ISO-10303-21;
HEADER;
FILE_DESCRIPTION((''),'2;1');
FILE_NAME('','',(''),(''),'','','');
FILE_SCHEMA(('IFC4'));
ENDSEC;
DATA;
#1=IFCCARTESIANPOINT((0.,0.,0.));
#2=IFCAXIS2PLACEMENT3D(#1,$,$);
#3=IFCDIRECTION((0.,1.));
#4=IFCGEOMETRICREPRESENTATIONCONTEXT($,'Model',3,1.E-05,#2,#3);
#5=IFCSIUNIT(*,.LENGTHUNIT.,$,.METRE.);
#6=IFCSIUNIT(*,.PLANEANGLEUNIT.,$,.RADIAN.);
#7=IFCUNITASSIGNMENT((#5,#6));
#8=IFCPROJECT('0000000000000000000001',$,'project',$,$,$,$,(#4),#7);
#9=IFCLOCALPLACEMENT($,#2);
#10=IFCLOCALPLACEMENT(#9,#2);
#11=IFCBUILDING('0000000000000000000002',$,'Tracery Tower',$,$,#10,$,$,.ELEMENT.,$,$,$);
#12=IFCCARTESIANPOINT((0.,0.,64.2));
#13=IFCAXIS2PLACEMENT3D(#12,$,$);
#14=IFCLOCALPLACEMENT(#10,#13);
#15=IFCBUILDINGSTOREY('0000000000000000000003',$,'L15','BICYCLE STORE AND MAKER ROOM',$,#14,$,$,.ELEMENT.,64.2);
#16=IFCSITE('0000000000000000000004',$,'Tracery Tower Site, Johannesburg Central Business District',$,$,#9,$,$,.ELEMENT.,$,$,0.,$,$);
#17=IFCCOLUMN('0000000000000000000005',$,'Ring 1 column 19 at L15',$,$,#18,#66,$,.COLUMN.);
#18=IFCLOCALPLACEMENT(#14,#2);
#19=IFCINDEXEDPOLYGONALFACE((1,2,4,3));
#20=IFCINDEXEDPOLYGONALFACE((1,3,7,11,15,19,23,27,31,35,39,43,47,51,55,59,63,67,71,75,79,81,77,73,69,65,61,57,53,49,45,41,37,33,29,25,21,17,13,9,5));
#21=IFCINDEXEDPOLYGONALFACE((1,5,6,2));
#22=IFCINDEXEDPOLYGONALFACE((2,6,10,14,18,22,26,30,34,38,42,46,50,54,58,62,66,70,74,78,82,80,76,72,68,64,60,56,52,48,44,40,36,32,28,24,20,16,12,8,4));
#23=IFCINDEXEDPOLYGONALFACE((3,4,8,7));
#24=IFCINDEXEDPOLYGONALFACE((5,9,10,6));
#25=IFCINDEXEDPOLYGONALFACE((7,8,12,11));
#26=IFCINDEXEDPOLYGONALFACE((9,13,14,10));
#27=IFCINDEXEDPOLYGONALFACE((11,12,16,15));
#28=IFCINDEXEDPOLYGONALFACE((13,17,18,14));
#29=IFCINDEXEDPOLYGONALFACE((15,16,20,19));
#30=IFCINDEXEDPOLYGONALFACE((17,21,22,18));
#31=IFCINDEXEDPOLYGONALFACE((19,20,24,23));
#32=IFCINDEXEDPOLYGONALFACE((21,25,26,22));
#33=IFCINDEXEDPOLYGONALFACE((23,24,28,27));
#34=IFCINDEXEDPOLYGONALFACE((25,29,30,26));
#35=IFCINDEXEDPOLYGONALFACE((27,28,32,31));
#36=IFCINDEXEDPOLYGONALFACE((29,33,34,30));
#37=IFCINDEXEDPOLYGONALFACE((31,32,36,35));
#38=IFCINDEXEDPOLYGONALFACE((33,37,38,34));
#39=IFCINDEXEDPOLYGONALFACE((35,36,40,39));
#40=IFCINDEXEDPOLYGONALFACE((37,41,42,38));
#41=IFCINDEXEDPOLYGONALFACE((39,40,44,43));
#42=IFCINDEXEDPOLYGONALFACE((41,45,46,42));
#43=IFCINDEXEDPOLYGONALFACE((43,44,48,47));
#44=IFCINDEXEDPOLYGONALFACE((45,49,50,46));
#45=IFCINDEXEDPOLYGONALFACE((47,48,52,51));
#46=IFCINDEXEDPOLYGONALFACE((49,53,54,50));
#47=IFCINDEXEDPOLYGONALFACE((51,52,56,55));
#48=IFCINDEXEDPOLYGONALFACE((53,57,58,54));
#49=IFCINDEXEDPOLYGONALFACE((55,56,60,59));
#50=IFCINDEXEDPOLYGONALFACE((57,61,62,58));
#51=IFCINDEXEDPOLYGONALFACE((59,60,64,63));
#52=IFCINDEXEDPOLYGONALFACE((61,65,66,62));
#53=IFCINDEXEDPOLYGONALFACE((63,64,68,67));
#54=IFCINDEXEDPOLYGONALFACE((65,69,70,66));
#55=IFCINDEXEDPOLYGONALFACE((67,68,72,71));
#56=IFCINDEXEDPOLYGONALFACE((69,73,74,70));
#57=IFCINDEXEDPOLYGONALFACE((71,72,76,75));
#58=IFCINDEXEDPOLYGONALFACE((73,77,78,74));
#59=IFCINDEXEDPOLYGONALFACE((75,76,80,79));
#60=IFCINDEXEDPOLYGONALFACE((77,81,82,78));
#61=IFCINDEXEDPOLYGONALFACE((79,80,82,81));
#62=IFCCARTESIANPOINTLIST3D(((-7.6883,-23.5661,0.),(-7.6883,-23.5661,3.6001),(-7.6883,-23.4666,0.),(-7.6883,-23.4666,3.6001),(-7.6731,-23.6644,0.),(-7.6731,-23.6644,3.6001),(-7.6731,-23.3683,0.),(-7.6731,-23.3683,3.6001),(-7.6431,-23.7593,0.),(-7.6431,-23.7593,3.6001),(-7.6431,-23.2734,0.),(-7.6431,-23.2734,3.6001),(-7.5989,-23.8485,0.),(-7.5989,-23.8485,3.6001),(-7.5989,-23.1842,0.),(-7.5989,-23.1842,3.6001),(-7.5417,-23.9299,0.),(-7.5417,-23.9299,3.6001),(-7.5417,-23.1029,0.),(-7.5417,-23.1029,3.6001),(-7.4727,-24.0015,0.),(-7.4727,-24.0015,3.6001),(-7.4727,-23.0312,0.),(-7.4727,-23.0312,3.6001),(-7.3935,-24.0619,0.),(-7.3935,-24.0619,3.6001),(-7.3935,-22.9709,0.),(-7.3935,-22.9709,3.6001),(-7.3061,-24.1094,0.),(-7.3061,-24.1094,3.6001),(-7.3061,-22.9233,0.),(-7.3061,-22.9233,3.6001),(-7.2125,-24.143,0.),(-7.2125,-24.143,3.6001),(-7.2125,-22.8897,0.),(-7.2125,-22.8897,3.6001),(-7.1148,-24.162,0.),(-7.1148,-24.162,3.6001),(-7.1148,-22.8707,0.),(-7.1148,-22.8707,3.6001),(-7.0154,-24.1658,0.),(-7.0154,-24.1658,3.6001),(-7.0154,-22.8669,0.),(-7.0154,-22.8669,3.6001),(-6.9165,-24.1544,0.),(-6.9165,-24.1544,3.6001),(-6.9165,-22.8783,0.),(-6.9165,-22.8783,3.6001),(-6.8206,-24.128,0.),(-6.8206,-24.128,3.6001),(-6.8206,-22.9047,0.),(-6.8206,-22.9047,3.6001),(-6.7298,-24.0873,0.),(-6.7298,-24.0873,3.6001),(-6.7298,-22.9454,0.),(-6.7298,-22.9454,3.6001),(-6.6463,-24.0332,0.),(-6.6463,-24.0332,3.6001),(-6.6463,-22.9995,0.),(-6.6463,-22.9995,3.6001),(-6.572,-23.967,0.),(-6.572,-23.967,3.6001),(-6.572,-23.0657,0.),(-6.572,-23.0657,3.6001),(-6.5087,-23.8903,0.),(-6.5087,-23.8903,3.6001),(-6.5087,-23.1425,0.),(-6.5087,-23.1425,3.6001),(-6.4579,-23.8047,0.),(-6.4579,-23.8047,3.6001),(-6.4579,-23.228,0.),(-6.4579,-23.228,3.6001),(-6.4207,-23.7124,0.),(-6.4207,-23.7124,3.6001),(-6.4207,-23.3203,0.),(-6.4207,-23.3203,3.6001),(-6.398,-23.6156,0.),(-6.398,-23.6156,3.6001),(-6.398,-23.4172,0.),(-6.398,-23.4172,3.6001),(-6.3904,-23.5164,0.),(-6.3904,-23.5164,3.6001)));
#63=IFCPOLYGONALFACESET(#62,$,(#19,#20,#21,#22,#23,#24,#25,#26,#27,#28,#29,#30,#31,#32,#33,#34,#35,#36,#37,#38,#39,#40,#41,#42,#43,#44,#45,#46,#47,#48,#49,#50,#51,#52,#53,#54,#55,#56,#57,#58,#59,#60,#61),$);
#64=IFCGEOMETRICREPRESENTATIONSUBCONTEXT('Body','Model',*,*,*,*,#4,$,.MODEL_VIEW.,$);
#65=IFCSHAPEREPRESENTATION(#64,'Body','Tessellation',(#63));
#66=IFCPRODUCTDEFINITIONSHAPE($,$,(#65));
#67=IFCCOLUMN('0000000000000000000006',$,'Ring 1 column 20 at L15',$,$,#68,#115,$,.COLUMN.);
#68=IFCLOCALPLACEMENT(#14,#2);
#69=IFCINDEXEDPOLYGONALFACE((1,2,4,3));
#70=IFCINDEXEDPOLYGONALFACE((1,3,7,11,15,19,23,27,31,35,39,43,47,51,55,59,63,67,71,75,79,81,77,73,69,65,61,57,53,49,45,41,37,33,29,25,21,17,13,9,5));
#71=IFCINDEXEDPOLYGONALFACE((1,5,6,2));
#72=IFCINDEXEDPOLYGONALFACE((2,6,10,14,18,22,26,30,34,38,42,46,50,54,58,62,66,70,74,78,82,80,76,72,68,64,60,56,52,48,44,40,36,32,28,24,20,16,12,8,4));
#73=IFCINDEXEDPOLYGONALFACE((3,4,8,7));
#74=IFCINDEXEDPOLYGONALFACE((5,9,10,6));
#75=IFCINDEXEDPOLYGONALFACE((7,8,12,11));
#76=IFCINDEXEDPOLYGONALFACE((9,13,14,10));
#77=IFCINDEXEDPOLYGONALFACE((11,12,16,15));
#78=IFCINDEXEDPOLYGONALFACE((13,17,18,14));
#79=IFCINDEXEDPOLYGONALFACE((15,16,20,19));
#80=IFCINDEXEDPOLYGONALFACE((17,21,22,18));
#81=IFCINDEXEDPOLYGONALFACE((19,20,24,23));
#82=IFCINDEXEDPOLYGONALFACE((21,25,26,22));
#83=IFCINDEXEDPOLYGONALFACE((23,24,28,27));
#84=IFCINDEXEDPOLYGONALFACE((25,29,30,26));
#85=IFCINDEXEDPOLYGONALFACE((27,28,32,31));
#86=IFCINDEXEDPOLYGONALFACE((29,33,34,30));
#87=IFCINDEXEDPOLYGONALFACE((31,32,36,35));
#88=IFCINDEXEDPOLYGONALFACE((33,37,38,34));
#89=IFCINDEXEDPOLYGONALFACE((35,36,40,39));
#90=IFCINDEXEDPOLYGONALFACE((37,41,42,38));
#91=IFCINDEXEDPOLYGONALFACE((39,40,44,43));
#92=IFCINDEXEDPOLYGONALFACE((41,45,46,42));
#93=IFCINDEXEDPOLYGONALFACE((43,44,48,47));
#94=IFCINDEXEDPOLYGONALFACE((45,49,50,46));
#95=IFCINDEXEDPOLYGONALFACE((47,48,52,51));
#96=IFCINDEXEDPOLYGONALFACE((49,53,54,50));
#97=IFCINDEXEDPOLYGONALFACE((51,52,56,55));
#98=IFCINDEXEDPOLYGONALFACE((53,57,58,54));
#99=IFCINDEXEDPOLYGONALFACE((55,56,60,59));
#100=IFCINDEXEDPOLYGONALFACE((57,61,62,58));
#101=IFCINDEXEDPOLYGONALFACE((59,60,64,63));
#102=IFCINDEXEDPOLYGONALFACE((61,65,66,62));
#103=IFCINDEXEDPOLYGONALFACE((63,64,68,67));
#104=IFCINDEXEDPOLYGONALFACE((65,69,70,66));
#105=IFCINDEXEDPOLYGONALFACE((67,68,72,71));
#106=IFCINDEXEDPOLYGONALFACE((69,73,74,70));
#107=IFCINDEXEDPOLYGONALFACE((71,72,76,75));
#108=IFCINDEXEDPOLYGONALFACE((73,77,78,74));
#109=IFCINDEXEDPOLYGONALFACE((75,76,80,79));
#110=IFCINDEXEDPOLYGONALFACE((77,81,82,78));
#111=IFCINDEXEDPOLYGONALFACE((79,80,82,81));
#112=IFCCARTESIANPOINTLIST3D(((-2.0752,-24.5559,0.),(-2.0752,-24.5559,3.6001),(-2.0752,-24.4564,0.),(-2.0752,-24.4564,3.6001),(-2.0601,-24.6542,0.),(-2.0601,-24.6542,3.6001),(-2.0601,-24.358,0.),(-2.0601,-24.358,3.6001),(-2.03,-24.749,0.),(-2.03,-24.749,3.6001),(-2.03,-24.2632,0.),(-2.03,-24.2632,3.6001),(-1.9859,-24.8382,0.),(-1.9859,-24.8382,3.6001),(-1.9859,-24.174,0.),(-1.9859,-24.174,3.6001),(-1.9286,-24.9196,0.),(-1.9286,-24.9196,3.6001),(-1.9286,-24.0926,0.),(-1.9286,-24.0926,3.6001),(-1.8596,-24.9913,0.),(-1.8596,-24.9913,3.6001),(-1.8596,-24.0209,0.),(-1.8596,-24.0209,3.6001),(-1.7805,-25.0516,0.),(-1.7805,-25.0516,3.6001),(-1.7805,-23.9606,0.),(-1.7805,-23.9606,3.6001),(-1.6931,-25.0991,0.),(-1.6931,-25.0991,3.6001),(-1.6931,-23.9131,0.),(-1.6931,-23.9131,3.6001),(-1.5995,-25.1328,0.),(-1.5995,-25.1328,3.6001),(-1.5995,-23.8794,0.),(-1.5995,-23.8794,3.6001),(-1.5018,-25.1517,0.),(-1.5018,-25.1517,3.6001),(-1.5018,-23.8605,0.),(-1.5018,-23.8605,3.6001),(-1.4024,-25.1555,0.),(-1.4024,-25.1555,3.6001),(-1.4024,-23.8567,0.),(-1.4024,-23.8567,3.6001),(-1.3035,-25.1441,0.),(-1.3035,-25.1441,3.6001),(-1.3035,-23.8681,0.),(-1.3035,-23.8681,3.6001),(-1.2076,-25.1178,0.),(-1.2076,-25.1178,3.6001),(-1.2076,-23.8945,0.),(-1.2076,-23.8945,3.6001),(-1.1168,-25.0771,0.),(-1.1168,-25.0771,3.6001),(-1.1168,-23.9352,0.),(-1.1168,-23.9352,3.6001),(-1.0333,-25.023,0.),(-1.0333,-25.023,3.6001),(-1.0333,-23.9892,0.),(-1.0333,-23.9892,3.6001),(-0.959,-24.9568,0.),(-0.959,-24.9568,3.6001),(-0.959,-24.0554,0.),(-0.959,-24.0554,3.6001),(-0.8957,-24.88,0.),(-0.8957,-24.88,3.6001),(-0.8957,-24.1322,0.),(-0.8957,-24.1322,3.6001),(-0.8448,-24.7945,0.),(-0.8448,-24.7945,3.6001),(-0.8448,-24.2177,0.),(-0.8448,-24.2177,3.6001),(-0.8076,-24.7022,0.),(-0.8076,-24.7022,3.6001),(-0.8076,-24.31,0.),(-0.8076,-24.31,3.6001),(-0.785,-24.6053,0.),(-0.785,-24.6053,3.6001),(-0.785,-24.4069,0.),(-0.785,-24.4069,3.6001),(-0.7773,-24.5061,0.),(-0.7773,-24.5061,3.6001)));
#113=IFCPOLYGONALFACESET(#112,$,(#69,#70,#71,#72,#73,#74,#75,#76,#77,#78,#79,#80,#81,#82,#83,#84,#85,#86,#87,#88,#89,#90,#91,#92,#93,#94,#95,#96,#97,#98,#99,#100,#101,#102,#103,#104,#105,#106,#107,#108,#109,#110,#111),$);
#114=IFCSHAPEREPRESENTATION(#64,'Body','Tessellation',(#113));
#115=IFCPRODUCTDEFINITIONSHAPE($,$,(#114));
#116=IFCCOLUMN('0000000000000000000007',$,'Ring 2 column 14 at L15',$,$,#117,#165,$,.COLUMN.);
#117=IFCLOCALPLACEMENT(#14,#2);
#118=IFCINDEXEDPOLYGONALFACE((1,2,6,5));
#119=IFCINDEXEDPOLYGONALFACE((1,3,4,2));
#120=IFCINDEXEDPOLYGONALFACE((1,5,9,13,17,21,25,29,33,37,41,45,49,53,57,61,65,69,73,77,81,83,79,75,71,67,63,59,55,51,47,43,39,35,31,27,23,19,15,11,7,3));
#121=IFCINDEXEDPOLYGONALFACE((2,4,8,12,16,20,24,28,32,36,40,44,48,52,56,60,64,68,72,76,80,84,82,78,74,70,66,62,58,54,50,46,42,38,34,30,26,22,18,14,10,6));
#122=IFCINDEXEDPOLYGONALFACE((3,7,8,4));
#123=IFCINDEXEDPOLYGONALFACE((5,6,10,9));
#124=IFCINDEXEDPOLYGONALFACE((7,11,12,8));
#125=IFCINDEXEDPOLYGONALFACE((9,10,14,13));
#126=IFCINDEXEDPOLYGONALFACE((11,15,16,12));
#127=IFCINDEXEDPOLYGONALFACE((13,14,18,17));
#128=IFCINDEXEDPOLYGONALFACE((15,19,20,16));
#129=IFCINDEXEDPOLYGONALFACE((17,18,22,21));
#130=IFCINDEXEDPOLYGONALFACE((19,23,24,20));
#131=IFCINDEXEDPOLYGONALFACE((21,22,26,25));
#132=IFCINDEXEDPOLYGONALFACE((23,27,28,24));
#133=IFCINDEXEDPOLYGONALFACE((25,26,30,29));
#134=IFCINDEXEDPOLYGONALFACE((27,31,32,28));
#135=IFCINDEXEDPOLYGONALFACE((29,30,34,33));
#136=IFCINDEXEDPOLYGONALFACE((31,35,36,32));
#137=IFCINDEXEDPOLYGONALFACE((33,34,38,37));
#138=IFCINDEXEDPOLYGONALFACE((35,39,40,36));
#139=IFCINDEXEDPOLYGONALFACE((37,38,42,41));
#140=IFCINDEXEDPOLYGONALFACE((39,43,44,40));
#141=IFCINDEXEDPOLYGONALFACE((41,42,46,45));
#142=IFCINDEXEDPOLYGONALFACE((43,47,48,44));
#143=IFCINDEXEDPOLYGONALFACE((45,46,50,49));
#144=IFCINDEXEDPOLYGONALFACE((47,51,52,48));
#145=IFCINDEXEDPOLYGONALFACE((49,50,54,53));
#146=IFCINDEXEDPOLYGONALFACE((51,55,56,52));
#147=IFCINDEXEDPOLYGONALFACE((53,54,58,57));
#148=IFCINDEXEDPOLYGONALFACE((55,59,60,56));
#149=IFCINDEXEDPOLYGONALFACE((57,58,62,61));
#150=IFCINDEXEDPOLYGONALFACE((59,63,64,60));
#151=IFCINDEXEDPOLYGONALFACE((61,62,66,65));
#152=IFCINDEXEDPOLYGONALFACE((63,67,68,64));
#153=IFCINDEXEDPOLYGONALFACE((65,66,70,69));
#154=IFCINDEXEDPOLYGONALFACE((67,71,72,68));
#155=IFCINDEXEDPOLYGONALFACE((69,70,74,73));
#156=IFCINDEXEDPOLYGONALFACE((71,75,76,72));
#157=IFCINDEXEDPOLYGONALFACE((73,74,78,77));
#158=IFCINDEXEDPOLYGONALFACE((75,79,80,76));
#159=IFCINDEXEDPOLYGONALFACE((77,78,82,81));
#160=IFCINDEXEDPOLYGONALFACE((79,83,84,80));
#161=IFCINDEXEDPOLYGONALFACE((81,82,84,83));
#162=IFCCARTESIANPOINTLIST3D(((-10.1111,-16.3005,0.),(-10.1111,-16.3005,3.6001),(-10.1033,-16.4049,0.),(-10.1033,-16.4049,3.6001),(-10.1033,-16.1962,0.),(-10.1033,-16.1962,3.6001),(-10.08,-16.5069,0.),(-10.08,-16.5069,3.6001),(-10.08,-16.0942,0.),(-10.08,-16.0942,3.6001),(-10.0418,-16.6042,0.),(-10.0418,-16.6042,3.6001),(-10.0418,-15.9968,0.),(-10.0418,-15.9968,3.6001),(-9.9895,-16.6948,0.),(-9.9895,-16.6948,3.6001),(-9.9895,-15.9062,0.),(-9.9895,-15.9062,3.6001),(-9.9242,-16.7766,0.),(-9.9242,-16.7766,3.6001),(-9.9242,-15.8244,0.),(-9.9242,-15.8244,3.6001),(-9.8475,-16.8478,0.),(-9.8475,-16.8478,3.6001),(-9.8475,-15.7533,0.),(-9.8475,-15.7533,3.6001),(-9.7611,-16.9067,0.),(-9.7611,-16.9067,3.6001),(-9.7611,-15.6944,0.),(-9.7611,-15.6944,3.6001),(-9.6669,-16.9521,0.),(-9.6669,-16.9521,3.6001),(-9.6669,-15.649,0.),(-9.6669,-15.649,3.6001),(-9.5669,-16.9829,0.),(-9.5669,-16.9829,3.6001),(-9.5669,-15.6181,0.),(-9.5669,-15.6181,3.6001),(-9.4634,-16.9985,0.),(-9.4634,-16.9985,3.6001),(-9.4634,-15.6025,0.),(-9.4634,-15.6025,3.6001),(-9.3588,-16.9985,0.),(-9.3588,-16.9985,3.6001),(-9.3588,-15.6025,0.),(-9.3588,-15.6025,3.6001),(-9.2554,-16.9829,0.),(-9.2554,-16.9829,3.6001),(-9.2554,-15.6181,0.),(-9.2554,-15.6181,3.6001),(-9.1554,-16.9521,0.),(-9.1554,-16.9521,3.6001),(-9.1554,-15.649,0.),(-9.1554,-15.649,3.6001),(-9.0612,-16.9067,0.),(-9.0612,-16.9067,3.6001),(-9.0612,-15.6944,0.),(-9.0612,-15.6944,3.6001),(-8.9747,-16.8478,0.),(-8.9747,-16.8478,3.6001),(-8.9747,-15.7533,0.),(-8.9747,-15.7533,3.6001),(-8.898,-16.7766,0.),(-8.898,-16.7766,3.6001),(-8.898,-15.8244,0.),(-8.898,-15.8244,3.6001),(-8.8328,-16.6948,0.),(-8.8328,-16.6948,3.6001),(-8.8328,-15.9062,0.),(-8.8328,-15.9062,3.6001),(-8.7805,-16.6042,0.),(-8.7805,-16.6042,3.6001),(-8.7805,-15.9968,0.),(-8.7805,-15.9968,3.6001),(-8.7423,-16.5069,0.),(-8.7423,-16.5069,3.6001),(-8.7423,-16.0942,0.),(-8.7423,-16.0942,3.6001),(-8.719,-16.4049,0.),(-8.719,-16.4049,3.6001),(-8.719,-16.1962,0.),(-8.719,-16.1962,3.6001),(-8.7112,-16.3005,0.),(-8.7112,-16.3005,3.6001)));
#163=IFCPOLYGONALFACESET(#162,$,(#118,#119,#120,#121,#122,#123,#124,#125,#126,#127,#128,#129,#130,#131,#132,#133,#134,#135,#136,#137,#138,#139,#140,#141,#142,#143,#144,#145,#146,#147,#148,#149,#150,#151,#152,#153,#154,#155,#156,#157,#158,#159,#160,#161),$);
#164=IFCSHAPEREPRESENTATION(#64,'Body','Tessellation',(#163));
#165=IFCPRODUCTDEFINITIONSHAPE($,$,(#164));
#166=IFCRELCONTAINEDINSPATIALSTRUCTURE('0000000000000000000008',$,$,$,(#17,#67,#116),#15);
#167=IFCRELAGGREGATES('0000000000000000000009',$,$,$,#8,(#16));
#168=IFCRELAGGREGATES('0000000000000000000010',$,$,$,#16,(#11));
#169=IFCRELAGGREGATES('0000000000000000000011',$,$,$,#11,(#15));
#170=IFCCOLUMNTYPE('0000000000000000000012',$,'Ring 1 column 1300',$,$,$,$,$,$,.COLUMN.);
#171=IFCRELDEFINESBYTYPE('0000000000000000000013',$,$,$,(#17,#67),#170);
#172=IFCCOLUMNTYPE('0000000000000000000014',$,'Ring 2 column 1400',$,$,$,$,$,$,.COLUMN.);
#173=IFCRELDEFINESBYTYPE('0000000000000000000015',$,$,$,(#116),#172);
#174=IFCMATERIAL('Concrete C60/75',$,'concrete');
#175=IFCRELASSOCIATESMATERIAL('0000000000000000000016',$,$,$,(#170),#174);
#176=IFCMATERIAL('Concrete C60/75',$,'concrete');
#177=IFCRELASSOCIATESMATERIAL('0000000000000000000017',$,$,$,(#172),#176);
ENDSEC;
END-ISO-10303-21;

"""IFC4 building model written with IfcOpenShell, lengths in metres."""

from ifc_helpers import new_model, si_unit, direction, frame, origin, origin_2d, place, context, subcontext, project, spatial, circle, extrude, material, material_profile, profile_set, type_object, element, save


model = new_model("IFC4")

# Units and contexts
model_context = context("Model", 3, precision=1e-05, world=origin(), true_north=direction((0.0, 1.0)))
body_context = subcontext(model_context, "Body", "Model", "MODEL_VIEW")
ifc_project = project(units=[si_unit("LENGTHUNIT", "METRE"), si_unit("PLANEANGLEUNIT", "RADIAN")], contexts=[model_context])

# Site, building, storey
site_placement = place(None, origin())
site = spatial("IfcSite", under=ifc_project, at=site_placement, Name="Tracery Tower Site, Johannesburg Central Business District", CompositionType="ELEMENT", RefElevation=0.0)
building_placement = place(site_placement, origin())
building = spatial("IfcBuilding", under=site, at=building_placement, Name="Tracery Tower", CompositionType="ELEMENT")
storey_placement = place(building_placement, frame((0.0, 0.0, 64.2)))
storey = spatial("IfcBuildingStorey", under=building, at=storey_placement, Name="L15", Description="BICYCLE STORE AND MAKER ROOM", CompositionType="ELEMENT", Elevation=64.2)

# Columns
ifc_material_1 = material(Name="Concrete C60/75", Category="concrete")
ifc_material_profile_1 = material_profile(ifc_material_1, circle(Radius=0.6499, at=origin_2d()), Name="RC D1300")
ifc_profile_set_1 = profile_set([ifc_material_profile_1], Name="Concrete C60/75")
column_type_1 = type_object("IfcColumnType", Name="Ring 1 column 1300", PredefinedType="COLUMN", material=ifc_profile_set_1)
for number, where, z_axis, x_axis, name in (
    (1, (-7.0403, -23.5164, 0.0), (0.0, 0.0, 1.0), (1.0, 0.0, 0.0), "Ring 1 column 19 at L15"),
    (2, (-1.4272, -24.5061, 0.0), (0.0, 0.0, 1.0), (1.0, 0.0, 0.0), "Ring 1 column 20 at L15"),
):
    element("IfcColumn", number, at=place(storey_placement, frame(where, z_axis=z_axis, x_axis=x_axis)), inside=storey, type_object=column_type_1, Name=name, PredefinedType="COLUMN", context=body_context, shape_type="SweptSolid", body=[
        extrude(circle(Radius=0.6499, at=origin_2d()), origin(), (0.0, 0.0, 1.0), 3.6001),
    ])
ifc_material_2 = material(Name="Concrete C60/75", Category="concrete")
ifc_material_profile_2 = material_profile(ifc_material_2, circle(Radius=0.7, at=origin_2d()), Name="RC D1400")
ifc_profile_set_2 = profile_set([ifc_material_profile_2], Name="Concrete C60/75")
column_type_2 = type_object("IfcColumnType", Name="Ring 2 column 1400", PredefinedType="COLUMN", material=ifc_profile_set_2)
for number, where, z_axis, x_axis, name in (
    (3, (-9.4111, -16.3005, 0.0), (0.0, 0.0, 1.0), (1.0, 0.0, 0.0), "Ring 2 column 14 at L15"),
):
    element("IfcColumn", number, at=place(storey_placement, frame(where, z_axis=z_axis, x_axis=x_axis)), inside=storey, type_object=column_type_2, Name=name, PredefinedType="COLUMN", context=body_context, shape_type="SweptSolid", body=[
        extrude(circle(Radius=0.7, at=origin_2d()), origin(), (0.0, 0.0, 1.0), 3.6001),
    ])

save(model, "model.ifc")
